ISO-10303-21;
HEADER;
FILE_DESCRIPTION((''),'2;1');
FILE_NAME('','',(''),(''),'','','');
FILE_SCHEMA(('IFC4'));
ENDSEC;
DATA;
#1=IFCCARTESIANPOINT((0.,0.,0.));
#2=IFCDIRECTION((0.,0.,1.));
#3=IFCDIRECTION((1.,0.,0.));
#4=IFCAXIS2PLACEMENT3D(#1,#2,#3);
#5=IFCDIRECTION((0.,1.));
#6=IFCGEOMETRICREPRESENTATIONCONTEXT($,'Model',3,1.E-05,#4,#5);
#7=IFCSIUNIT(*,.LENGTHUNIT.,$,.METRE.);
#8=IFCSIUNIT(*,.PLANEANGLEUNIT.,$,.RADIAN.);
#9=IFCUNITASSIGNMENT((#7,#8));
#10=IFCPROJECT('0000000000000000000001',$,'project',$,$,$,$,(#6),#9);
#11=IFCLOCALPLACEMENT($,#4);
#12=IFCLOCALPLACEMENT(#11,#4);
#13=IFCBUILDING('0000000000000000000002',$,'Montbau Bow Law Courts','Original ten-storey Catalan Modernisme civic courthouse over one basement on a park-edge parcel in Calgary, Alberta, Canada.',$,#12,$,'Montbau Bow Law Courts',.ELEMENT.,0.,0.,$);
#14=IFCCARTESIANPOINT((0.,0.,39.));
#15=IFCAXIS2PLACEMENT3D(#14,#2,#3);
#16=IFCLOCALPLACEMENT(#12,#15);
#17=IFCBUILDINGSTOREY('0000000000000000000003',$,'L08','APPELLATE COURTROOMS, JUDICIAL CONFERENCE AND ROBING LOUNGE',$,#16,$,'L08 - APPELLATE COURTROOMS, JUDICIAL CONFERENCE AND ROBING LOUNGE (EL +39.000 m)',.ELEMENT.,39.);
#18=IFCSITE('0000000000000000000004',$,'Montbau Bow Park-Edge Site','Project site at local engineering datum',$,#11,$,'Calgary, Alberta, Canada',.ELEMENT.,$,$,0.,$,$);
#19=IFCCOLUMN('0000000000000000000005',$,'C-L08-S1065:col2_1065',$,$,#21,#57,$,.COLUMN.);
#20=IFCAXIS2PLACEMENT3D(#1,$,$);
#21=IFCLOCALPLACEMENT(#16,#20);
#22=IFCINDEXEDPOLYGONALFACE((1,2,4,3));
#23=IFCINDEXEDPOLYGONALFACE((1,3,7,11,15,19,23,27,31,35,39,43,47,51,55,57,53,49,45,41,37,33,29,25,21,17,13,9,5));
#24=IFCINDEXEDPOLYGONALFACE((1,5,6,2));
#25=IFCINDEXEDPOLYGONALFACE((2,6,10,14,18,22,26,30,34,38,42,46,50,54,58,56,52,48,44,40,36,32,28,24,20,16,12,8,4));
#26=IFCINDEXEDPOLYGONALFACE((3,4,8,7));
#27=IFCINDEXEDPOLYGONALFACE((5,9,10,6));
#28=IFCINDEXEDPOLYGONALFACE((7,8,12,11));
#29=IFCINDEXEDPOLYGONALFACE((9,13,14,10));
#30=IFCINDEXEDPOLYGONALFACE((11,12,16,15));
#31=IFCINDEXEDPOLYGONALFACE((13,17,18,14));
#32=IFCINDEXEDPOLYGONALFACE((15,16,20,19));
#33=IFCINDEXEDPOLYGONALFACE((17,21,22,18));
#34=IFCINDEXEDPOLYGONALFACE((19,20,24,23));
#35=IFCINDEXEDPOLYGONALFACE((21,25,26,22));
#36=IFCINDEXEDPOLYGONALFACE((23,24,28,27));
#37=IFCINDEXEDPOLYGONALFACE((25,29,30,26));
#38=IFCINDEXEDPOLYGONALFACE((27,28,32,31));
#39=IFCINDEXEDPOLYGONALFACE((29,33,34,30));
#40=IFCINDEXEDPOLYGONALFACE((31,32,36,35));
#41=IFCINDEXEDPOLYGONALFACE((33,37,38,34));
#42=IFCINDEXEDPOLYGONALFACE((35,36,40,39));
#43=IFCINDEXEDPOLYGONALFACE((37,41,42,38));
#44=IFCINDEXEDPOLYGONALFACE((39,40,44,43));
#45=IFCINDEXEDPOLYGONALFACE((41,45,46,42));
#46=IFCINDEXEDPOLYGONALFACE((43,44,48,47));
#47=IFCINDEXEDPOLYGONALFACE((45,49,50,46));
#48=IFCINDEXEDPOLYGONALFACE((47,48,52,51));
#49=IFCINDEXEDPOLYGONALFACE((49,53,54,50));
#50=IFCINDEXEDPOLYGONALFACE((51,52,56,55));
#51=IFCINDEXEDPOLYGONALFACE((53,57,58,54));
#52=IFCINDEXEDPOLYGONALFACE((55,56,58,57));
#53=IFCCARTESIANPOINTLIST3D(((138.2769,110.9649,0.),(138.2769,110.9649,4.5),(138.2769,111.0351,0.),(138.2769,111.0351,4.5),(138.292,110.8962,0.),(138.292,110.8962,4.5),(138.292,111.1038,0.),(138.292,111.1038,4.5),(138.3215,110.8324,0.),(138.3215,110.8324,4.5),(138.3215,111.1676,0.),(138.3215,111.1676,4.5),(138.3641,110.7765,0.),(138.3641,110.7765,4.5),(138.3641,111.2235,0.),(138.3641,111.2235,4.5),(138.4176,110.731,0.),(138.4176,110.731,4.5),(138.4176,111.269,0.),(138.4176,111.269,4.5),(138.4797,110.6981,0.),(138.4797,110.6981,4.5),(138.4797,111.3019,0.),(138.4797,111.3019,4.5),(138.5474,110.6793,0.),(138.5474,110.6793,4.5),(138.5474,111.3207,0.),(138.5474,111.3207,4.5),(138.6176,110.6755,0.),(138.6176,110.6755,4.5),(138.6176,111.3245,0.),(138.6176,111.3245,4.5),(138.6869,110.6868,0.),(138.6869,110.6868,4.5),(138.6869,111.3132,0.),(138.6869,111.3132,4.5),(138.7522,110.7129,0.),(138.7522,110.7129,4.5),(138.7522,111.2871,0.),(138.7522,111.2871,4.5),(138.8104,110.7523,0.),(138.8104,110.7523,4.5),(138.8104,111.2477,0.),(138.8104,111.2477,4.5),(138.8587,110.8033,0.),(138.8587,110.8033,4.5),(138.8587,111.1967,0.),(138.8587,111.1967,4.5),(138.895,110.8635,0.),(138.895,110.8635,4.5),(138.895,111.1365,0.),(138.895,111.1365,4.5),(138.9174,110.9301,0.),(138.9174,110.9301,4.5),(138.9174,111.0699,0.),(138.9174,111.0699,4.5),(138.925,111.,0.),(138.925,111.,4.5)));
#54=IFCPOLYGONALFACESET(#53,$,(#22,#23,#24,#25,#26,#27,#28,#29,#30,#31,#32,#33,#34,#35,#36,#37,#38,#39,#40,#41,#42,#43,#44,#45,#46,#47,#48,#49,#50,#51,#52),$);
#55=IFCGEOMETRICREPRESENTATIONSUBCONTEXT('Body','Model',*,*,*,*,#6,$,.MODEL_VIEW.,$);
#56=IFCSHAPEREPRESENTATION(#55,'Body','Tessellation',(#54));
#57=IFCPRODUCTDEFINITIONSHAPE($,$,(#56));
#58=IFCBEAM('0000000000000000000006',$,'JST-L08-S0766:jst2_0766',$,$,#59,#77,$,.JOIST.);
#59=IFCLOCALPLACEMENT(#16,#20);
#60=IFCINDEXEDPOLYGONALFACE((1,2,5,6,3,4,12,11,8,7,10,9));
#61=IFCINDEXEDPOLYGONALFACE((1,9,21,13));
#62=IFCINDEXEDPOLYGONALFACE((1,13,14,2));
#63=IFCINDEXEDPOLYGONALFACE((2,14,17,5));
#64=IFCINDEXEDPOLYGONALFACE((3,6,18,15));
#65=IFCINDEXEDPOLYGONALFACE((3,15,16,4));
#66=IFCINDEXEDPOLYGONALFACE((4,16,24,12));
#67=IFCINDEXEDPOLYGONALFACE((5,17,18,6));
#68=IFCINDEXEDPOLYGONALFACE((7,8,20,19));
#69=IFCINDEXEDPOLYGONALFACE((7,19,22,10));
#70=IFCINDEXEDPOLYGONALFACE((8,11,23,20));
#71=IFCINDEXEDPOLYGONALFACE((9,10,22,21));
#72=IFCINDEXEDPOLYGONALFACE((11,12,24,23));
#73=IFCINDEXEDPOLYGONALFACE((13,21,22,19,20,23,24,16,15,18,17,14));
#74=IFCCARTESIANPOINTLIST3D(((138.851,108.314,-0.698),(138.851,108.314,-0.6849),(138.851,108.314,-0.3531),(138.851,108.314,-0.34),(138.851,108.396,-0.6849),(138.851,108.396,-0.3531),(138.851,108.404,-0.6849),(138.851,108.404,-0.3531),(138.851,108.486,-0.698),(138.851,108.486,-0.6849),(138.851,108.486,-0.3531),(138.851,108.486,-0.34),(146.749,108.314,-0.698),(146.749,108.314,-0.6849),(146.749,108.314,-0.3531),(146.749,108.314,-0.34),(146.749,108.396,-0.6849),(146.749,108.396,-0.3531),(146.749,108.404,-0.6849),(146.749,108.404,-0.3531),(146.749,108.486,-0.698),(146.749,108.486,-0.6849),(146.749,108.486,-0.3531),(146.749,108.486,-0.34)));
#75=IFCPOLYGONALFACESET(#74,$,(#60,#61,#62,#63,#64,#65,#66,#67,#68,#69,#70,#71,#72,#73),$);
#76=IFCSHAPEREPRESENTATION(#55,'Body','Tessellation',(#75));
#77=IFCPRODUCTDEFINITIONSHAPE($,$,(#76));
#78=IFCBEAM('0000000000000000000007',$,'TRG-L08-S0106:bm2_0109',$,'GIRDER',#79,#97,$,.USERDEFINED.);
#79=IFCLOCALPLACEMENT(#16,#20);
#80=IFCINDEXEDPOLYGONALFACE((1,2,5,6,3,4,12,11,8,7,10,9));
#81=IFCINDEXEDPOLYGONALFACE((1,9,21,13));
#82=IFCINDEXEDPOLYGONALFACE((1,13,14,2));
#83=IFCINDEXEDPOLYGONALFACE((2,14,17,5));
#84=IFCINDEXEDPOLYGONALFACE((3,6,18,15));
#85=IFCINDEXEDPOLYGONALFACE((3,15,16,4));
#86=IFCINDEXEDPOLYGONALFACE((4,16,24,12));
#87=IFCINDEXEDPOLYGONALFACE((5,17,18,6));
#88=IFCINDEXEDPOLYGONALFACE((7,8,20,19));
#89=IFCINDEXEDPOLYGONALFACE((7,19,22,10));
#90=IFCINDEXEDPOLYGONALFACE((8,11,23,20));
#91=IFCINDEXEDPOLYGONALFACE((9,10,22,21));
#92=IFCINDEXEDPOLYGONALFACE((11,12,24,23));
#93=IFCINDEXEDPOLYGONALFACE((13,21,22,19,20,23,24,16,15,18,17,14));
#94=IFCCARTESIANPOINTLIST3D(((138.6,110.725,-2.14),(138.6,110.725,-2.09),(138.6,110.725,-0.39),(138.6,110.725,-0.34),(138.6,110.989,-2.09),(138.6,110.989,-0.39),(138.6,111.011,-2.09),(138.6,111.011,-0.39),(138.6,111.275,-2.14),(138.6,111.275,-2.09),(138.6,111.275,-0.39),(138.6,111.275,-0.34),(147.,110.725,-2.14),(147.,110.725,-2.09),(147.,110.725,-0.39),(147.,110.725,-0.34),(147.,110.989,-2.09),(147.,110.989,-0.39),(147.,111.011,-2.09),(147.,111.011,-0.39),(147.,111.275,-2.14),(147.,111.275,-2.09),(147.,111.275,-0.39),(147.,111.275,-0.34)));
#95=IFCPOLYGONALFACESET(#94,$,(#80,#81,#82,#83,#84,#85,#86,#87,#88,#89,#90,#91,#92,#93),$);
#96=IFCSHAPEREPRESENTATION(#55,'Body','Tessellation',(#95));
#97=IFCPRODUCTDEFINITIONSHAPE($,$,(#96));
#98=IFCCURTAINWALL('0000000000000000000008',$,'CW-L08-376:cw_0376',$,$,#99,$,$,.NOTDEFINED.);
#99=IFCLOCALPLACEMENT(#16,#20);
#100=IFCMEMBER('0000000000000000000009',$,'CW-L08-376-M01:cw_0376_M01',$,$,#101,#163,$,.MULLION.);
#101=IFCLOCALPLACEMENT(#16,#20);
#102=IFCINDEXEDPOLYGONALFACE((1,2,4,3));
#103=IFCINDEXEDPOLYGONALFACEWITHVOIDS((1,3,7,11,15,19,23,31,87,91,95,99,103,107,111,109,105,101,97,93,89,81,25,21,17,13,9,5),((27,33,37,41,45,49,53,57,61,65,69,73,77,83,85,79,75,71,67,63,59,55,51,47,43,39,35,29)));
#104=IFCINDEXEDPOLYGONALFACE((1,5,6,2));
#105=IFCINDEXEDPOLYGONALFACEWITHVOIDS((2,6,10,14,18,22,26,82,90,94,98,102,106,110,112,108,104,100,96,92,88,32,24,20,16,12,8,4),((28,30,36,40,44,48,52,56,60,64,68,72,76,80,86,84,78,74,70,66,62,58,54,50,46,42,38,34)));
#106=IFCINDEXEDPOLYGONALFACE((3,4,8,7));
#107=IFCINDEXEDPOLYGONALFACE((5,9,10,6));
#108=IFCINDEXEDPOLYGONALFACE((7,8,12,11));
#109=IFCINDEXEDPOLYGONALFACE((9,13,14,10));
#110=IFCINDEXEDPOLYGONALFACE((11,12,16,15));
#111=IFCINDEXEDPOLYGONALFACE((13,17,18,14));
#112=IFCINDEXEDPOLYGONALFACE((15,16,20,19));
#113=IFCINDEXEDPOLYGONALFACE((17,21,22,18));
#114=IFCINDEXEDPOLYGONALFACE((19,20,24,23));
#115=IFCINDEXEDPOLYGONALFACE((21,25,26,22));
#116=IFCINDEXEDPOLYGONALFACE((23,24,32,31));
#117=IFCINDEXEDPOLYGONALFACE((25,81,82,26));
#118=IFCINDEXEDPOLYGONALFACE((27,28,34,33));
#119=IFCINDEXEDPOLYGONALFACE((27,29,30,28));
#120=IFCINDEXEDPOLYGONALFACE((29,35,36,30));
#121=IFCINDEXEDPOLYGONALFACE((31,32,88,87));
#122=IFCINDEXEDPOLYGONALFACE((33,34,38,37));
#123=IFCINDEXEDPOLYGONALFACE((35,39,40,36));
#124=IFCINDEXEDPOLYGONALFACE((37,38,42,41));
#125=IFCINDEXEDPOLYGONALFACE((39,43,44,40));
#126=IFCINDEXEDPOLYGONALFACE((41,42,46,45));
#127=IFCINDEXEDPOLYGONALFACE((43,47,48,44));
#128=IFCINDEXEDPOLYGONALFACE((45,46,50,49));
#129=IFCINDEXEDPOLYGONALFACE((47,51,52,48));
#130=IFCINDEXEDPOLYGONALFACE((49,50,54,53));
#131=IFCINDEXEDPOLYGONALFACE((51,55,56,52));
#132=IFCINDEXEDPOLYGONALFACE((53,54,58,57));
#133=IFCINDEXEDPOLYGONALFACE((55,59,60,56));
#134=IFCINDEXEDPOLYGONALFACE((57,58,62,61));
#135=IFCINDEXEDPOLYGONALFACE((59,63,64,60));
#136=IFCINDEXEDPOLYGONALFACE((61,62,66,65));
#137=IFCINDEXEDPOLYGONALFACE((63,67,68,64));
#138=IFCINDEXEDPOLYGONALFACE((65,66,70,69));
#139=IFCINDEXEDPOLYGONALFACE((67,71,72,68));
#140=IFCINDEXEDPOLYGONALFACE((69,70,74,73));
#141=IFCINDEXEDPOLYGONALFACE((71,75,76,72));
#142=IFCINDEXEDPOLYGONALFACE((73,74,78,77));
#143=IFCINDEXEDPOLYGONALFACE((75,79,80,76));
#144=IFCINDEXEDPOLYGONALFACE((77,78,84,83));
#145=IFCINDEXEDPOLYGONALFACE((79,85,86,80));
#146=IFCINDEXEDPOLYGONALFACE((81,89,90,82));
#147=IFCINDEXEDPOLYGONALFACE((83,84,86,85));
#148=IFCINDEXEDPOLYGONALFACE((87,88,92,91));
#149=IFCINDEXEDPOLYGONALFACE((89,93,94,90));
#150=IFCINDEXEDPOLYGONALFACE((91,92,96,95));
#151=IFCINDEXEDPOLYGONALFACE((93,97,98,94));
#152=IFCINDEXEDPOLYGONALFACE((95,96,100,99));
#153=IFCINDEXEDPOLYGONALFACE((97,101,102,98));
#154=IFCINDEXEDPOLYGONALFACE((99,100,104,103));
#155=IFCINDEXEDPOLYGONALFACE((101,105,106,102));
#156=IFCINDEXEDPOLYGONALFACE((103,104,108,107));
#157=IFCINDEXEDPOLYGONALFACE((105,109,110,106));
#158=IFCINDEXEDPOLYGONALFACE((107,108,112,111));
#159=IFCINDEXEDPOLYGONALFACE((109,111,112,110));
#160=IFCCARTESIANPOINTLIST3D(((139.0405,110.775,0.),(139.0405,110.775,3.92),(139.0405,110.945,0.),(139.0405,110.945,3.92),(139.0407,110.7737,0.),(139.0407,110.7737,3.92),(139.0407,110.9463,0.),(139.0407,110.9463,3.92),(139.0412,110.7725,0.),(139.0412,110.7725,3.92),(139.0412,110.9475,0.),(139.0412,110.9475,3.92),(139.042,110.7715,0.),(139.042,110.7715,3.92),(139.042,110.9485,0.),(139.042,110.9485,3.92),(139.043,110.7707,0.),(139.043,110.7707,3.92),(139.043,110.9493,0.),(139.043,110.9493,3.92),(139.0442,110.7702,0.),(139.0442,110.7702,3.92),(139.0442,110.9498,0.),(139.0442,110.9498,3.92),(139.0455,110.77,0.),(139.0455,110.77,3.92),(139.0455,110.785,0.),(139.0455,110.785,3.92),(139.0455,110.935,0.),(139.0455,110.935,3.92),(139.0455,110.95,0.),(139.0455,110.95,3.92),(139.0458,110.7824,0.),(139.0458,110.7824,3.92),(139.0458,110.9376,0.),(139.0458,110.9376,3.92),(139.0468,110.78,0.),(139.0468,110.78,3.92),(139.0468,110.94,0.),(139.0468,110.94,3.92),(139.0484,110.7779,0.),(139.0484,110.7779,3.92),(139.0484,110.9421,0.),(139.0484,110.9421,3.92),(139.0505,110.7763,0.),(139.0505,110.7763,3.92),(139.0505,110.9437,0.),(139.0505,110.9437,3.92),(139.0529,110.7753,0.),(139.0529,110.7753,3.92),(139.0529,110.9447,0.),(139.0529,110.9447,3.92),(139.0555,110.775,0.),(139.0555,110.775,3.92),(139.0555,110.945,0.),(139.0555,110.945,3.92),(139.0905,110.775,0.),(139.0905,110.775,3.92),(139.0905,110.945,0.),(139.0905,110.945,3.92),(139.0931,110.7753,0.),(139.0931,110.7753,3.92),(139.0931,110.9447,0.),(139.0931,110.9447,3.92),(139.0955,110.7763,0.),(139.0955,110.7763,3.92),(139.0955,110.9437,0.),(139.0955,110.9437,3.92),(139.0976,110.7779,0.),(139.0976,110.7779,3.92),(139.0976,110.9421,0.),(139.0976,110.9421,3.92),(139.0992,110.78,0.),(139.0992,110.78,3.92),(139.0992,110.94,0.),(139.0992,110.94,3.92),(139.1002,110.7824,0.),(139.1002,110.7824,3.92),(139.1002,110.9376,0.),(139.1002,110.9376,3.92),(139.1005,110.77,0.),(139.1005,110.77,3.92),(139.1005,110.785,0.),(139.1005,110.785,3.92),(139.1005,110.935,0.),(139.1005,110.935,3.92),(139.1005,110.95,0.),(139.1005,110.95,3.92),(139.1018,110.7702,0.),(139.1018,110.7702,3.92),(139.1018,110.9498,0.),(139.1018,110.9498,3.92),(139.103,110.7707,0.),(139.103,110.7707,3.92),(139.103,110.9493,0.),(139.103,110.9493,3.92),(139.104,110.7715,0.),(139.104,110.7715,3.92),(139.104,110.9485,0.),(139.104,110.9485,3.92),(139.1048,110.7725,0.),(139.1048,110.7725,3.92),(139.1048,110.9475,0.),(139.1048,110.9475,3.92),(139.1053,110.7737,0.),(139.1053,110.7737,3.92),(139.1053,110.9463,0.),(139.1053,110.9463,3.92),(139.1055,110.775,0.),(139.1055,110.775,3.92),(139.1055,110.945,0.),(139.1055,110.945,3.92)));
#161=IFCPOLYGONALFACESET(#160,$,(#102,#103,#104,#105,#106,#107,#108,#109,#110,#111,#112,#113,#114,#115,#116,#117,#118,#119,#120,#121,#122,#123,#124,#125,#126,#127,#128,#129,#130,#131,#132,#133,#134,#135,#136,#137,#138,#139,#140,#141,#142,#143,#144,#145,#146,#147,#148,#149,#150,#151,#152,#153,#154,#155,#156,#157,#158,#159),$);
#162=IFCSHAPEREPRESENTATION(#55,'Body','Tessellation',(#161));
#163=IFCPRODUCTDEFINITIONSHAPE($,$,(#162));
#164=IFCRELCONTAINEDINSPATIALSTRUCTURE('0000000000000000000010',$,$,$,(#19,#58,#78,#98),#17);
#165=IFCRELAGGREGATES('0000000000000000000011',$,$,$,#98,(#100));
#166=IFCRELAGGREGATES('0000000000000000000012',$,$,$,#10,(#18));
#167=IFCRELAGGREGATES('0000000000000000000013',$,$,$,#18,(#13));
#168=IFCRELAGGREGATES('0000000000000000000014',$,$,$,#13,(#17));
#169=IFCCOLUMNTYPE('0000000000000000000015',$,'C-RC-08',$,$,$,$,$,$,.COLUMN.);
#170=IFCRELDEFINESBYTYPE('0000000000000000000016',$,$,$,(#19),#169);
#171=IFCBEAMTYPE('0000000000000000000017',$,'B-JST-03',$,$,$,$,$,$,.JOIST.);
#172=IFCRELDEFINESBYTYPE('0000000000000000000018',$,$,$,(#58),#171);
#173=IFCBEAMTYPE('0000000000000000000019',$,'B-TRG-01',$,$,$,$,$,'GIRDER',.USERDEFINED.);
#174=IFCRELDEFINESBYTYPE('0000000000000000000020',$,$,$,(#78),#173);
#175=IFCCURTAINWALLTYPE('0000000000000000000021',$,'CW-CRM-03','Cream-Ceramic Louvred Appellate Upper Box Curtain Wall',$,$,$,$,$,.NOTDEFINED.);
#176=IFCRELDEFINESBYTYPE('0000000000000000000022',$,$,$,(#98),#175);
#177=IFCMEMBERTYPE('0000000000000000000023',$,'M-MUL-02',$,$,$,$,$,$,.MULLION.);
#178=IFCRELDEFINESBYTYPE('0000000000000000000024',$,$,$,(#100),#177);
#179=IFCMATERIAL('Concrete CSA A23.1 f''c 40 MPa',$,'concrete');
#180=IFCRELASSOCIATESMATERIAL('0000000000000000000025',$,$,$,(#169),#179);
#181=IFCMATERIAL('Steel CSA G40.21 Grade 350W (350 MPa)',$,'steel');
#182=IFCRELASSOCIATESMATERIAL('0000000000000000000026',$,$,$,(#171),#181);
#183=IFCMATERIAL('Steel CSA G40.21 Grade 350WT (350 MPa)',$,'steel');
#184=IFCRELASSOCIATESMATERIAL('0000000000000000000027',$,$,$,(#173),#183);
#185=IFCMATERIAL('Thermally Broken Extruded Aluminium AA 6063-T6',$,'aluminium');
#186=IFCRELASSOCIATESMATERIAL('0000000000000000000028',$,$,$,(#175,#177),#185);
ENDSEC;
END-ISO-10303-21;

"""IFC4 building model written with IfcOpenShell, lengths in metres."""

from ifc_helpers import new_model, si_unit, direction, frame, origin_with_axes, origin_2d_with_axis, place, context, subcontext, project, spatial, hollow_rectangle, circle, i_section, extrude, material, material_profile, profile_set, type_object, element, aggregate, save


model = new_model("IFC4")

# Units and contexts
model_context = context("Model", 3, precision=1e-05, world=origin_with_axes(), true_north=direction((0.0, 1.0)))
body_context = subcontext(model_context, "Body", "Model", "MODEL_VIEW")
ifc_project = project(units=[si_unit("LENGTHUNIT", "METRE"), si_unit("PLANEANGLEUNIT", "RADIAN")], contexts=[model_context])

# Site, building, storey
site_placement = place(None, origin_with_axes())
site = spatial("IfcSite", under=ifc_project, at=site_placement, Name="Montbau Bow Park-Edge Site", Description="Project site at local engineering datum", LongName="Calgary, Alberta, Canada", CompositionType="ELEMENT", RefElevation=0.0)
building_placement = place(site_placement, origin_with_axes())
building = spatial("IfcBuilding", under=site, at=building_placement, Name="Montbau Bow Law Courts", Description="Original ten-storey Catalan Modernisme civic courthouse over one basement on a park-edge parcel in Calgary, Alberta, Canada.", LongName="Montbau Bow Law Courts", CompositionType="ELEMENT", ElevationOfRefHeight=0.0, ElevationOfTerrain=0.0)
storey_placement = place(building_placement, frame((0.0, 0.0, 39.0), z_axis=(0.0, 0.0, 1.0), x_axis=(1.0, 0.0, 0.0)))
storey = spatial("IfcBuildingStorey", under=building, at=storey_placement, Name="L08", Description="APPELLATE COURTROOMS, JUDICIAL CONFERENCE AND ROBING LOUNGE", LongName="L08 - APPELLATE COURTROOMS, JUDICIAL CONFERENCE AND ROBING LOUNGE (EL +39.000 m)", CompositionType="ELEMENT", Elevation=39.0)

# Column
ifc_material_1 = material(Name="Concrete CSA A23.1 f'c 40 MPa", Category="concrete")
ifc_material_profile_1 = material_profile(ifc_material_1, circle(Radius=0.325, at=origin_2d_with_axis()), Name="RC650D", Category="Main", Priority=0)
ifc_profile_set_1 = profile_set([ifc_material_profile_1], Name="Concrete CSA A23.1 f'c 40 MPa")
column_type = type_object("IfcColumnType", Name="C-RC-08", PredefinedType="COLUMN", material=ifc_profile_set_1)
column_placement = place(None, frame((138.6, 111.0, 39.0), z_axis=(0.0, 0.0, 1.0), x_axis=(1.0, 0.0, 0.0)))
element("IfcColumn", 1, at=column_placement, inside=storey, type_object=column_type, Name="C-L08-S1065:col2_1065", PredefinedType="COLUMN", context=body_context, shape_type="SweptSolid", body=[
    extrude(circle(Radius=0.325, at=origin_2d_with_axis()), origin_with_axes(), (0.0, 0.0, 1.0), 4.5),
])

# Beams
ifc_material_2 = material(Name="Steel CSA G40.21 Grade 350W (350 MPa)", Category="steel")
ifc_material_profile_2 = material_profile(ifc_material_2, i_section(OverallWidth=0.172, OverallDepth=0.358, WebThickness=0.0079, FlangeThickness=0.0131, at=origin_2d_with_axis()), Name="W360X57", Category="Main", Priority=0)
ifc_profile_set_2 = profile_set([ifc_material_profile_2], Name="Steel CSA G40.21 Grade 350W (350 MPa)")
beam_type_1 = type_object("IfcBeamType", Name="B-JST-03", PredefinedType="JOIST", material=ifc_profile_set_2)
beam_1_placement = place(None, frame((138.851, 108.4, 38.481), z_axis=(1.0, 0.0, 0.0), x_axis=(0.0, 1.0, 0.0)))
element("IfcBeam", 2, at=beam_1_placement, inside=storey, type_object=beam_type_1, Name="JST-L08-S0766:jst2_0766", PredefinedType="JOIST", context=body_context, shape_type="SweptSolid", body=[
    extrude(i_section(OverallWidth=0.172, OverallDepth=0.358, WebThickness=0.0079, FlangeThickness=0.0131, at=origin_2d_with_axis()), origin_with_axes(), (0.0, 0.0, 1.0), 7.898),
])
ifc_material_3 = material(Name="Steel CSA G40.21 Grade 350WT (350 MPa)", Category="steel")
ifc_material_profile_3 = material_profile(ifc_material_3, i_section(OverallWidth=0.55, OverallDepth=1.8, WebThickness=0.022, FlangeThickness=0.05, at=origin_2d_with_axis()), Name="WWF1800X550", Category="Main", Priority=0)
ifc_profile_set_3 = profile_set([ifc_material_profile_3], Name="Steel CSA G40.21 Grade 350WT (350 MPa)")
beam_type_2 = type_object("IfcBeamType", Name="B-TRG-01", ElementType="GIRDER", PredefinedType="USERDEFINED", material=ifc_profile_set_3)
beam_2_placement = place(None, frame((138.6, 111.0, 37.76), z_axis=(1.0, 0.0, 0.0), x_axis=(0.0, 1.0, 0.0)))
element("IfcBeam", 3, at=beam_2_placement, inside=storey, type_object=beam_type_2, Name="TRG-L08-S0106:bm2_0109", ObjectType="GIRDER", PredefinedType="USERDEFINED", context=body_context, shape_type="SweptSolid", body=[
    extrude(i_section(OverallWidth=0.55, OverallDepth=1.8, WebThickness=0.022, FlangeThickness=0.05, at=origin_2d_with_axis()), origin_with_axes(), (0.0, 0.0, 1.0), 8.4),
])

# Curtain wall, member
ifc_material_4 = material(Name="Thermally Broken Extruded Aluminium AA 6063-T6", Category="aluminium")
curtain_wall_type = type_object("IfcCurtainWallType", Name="CW-CRM-03", Description="Cream-Ceramic Louvred Appellate Upper Box Curtain Wall", PredefinedType="NOTDEFINED", material=ifc_material_4)
curtain_wall_1_placement = place(None, frame((139.04, 110.86, 39.0), z_axis=(0.0, 0.0, 1.0), x_axis=(1.0, 0.0, 0.0)))
curtain_wall_1 = element("IfcCurtainWall", 4, at=curtain_wall_1_placement, inside=storey, type_object=curtain_wall_type, Name="CW-L08-376:cw_0376", PredefinedType="NOTDEFINED")
ifc_material_profile_4 = material_profile(ifc_material_4, hollow_rectangle(XDim=0.065, YDim=0.18, WallThickness=0.005, InnerFilletRadius=0.01, OuterFilletRadius=0.005, at=origin_2d_with_axis()), Name="CWM-180X65", Category="Main", Priority=0)
ifc_profile_set_4 = profile_set([ifc_material_profile_4], Name="Thermally Broken Extruded Aluminium AA 6063-T6")
member_type_1 = type_object("IfcMemberType", Name="M-MUL-02", PredefinedType="MULLION", material=ifc_profile_set_4)
member_1_placement = place(None, frame((139.073, 110.86, 39.0), z_axis=(0.0, 0.0, 1.0), x_axis=(1.0, 0.0, 0.0)))
member_1 = element("IfcMember", 5, at=member_1_placement, type_object=member_type_1, Name="CW-L08-376-M01:cw_0376_M01", PredefinedType="MULLION", context=body_context, shape_type="SweptSolid", body=[
    extrude(hollow_rectangle(XDim=0.065, YDim=0.18, WallThickness=0.005, InnerFilletRadius=0.01, OuterFilletRadius=0.005, at=origin_2d_with_axis()), origin_with_axes(), (0.0, 0.0, 1.0), 3.92),
])

aggregate(curtain_wall_1, [member_1])

save(model, "model.ifc")
